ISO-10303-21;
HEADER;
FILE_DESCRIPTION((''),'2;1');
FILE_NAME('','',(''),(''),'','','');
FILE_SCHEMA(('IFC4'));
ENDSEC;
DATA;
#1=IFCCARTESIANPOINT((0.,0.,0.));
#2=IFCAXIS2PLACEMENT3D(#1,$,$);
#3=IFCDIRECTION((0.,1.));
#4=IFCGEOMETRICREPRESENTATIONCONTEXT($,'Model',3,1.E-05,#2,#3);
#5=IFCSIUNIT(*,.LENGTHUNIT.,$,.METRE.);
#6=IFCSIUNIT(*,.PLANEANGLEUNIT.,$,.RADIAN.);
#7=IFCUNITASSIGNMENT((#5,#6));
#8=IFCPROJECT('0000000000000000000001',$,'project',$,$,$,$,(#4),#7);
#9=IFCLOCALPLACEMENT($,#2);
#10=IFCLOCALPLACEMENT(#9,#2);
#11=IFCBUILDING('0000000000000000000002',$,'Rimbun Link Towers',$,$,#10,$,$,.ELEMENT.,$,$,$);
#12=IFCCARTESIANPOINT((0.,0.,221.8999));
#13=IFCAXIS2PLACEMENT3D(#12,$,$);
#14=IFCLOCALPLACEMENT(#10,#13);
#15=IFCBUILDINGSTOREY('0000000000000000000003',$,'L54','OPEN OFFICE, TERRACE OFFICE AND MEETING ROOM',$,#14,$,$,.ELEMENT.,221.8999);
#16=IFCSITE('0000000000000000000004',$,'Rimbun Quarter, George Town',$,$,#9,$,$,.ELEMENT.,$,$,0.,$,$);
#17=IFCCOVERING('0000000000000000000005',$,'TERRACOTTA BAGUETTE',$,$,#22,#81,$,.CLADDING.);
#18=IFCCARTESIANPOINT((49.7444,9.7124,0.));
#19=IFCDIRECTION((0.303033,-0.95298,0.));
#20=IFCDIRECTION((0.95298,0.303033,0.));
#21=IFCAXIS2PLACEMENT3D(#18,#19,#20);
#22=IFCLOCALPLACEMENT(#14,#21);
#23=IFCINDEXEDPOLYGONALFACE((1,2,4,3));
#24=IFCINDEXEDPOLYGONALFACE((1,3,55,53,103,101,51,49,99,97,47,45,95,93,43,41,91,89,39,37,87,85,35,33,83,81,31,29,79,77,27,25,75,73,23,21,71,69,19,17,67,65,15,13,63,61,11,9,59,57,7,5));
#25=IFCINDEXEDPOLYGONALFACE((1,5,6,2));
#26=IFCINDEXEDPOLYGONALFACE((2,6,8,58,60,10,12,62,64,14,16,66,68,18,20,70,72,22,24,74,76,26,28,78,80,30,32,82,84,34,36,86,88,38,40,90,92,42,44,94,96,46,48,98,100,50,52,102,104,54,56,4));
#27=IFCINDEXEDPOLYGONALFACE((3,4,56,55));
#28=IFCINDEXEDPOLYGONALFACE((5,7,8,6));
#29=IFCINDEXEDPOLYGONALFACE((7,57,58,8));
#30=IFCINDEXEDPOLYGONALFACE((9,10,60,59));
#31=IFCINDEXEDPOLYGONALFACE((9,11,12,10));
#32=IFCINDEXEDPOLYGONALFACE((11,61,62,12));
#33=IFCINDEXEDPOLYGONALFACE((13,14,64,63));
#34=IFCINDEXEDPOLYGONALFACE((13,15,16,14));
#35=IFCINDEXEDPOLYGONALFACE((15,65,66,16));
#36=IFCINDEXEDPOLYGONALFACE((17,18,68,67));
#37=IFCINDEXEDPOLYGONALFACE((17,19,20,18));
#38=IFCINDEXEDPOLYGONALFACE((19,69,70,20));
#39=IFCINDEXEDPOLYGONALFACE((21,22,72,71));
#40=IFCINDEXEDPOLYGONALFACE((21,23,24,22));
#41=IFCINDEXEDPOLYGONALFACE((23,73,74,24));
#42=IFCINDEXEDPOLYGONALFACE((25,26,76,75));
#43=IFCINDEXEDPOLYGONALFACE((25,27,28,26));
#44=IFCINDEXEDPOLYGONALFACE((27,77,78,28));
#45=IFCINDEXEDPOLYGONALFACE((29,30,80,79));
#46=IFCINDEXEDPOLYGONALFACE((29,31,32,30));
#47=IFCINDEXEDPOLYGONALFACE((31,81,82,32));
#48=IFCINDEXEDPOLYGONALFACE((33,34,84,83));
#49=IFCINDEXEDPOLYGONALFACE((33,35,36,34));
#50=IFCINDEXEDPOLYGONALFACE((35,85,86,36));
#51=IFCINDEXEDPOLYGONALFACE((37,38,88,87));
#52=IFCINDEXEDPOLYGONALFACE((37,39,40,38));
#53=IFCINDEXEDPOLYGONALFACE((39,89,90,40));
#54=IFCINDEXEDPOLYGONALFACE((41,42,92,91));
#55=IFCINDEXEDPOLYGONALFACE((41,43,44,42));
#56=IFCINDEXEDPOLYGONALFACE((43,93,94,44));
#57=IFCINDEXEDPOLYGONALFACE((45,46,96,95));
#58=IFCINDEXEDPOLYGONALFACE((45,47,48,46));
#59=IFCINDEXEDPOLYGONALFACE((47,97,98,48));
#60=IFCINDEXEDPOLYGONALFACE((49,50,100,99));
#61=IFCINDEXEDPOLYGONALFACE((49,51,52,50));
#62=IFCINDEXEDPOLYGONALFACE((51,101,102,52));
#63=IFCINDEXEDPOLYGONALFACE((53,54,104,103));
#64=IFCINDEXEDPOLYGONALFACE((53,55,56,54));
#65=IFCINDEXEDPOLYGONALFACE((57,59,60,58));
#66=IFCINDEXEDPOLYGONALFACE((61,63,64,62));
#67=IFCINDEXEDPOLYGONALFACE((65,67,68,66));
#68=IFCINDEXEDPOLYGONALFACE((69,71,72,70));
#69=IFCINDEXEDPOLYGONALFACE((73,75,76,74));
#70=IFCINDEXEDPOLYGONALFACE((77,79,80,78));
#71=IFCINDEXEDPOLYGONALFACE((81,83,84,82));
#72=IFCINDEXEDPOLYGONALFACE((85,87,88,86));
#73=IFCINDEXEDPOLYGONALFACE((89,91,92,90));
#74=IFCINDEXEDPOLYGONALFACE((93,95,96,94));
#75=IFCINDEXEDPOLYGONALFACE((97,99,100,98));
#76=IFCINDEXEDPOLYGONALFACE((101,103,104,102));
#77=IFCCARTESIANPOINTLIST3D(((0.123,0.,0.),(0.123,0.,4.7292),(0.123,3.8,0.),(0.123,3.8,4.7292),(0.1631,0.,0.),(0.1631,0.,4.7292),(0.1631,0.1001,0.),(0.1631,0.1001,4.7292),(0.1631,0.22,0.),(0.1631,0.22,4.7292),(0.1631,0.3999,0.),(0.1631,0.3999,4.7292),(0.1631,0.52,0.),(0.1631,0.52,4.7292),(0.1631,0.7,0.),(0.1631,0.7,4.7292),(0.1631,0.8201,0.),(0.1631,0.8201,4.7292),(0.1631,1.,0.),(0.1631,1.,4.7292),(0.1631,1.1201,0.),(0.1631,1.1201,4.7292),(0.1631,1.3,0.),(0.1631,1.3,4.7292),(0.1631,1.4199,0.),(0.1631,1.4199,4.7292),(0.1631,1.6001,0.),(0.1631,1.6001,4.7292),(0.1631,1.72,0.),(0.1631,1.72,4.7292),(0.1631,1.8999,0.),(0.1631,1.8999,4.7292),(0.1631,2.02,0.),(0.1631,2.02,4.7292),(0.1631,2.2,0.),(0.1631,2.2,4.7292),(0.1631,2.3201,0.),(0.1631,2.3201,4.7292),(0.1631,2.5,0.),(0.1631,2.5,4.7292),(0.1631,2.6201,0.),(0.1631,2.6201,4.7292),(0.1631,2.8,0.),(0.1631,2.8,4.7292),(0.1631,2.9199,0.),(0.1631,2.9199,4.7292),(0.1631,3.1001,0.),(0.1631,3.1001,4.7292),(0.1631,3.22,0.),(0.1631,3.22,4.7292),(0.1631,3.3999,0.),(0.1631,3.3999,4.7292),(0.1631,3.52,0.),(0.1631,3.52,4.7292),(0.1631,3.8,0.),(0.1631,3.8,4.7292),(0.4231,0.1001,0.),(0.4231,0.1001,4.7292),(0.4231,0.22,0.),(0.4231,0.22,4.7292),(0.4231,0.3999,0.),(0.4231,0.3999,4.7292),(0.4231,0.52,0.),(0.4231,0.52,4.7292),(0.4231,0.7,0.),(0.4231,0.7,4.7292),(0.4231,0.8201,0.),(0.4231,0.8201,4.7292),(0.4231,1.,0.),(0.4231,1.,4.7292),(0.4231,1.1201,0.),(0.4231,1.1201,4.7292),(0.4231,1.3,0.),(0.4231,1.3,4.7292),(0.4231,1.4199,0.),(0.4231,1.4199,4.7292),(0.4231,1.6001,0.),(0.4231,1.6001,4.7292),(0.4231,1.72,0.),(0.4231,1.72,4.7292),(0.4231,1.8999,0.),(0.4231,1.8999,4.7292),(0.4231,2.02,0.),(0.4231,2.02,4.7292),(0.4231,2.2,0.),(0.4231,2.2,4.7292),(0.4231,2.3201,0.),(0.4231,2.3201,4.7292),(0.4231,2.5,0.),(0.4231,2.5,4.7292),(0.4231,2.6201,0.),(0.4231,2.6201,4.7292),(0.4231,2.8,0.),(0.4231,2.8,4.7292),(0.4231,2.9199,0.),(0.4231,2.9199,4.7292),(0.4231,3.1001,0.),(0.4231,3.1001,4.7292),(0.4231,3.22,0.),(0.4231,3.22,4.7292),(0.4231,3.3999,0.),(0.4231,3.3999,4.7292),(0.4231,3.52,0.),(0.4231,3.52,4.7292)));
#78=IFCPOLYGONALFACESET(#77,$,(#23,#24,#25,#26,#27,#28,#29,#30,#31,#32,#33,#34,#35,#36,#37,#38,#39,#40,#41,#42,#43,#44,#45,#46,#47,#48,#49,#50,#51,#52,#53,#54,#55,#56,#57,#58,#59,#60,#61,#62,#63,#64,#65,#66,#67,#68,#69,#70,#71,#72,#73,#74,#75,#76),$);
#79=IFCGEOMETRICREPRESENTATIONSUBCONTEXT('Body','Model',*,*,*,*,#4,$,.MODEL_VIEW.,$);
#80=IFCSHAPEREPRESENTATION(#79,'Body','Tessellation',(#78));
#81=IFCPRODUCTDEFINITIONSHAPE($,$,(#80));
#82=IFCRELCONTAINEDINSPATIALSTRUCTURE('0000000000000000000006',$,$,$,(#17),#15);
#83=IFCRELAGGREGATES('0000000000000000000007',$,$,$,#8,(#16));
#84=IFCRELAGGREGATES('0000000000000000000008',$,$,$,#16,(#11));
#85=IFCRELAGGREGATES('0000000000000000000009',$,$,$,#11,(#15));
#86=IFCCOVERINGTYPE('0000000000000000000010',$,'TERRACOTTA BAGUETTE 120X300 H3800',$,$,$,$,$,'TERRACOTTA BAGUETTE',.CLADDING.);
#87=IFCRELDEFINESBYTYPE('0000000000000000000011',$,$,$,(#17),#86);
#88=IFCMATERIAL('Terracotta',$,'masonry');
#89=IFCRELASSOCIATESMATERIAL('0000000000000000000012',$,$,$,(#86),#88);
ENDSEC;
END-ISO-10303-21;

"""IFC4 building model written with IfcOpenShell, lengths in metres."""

from ifc_helpers import new_model, si_unit, direction, frame, origin, place, context, subcontext, project, spatial, polyline, outline, extrude, material, material_profile, profile_set, type_object, element, save


model = new_model("IFC4")

# Units and contexts
model_context = context("Model", 3, precision=1e-05, world=origin(), true_north=direction((0.0, 1.0)))
body_context = subcontext(model_context, "Body", "Model", "MODEL_VIEW")
ifc_project = project(units=[si_unit("LENGTHUNIT", "METRE"), si_unit("PLANEANGLEUNIT", "RADIAN")], contexts=[model_context])

# Site, building, storey
site_placement = place(None, origin())
site = spatial("IfcSite", under=ifc_project, at=site_placement, Name="Rimbun Quarter, George Town", CompositionType="ELEMENT", RefElevation=0.0)
building_placement = place(site_placement, origin())
building = spatial("IfcBuilding", under=site, at=building_placement, Name="Rimbun Link Towers", CompositionType="ELEMENT")
storey_placement = place(building_placement, frame((0.0, 0.0, 221.8999)))
storey = spatial("IfcBuildingStorey", under=building, at=storey_placement, Name="L54", Description="OPEN OFFICE, TERRACE OFFICE AND MEETING ROOM", CompositionType="ELEMENT", Elevation=221.8999)

# Covering
ifc_material_1 = material(Name="Terracotta", Category="masonry")
ifc_material_profile_1 = material_profile(ifc_material_1, outline(polyline([(0.123, 0.0), (0.1631, 0.0), (0.1631, 0.1001), (0.4231, 0.1001), (0.4231, 0.22), (0.1631, 0.22), (0.1631, 0.3999), (0.4231, 0.3999), (0.4231, 0.52), (0.1631, 0.52), (0.1631, 0.7), (0.4231, 0.7), (0.4231, 0.8201), (0.1631, 0.8201), (0.1631, 1.0), (0.4231, 1.0), (0.4231, 1.1201), (0.1631, 1.1201), (0.1631, 1.3), (0.4231, 1.3), (0.4231, 1.4199), (0.1631, 1.4199), (0.1631, 1.6001), (0.4231, 1.6001), (0.4231, 1.72), (0.1631, 1.72), (0.1631, 1.8999), (0.4231, 1.8999), (0.4231, 2.02), (0.1631, 2.02), (0.1631, 2.2), (0.4231, 2.2), (0.4231, 2.3201), (0.1631, 2.3201), (0.1631, 2.5), (0.4231, 2.5), (0.4231, 2.6201), (0.1631, 2.6201), (0.1631, 2.8), (0.4231, 2.8), (0.4231, 2.9199), (0.1631, 2.9199), (0.1631, 3.1001), (0.4231, 3.1001), (0.4231, 3.22), (0.1631, 3.22), (0.1631, 3.3999), (0.4231, 3.3999), (0.4231, 3.52), (0.1631, 3.52), (0.1631, 3.8), (0.123, 3.8), (0.123, 0.0)])), Name="BAGUETTE 120X300")
ifc_profile_set_1 = profile_set([ifc_material_profile_1], Name="Terracotta")
covering_type = type_object("IfcCoveringType", Name="TERRACOTTA BAGUETTE 120X300 H3800", ElementType="TERRACOTTA BAGUETTE", PredefinedType="CLADDING", material=ifc_profile_set_1)
covering_placement = place(storey_placement, frame((49.7444, 9.7124, 0.0), z_axis=(0.303033, -0.95298, 0.0), x_axis=(0.95298, 0.303033, 0.0)))
element("IfcCovering", 1, at=covering_placement, inside=storey, type_object=covering_type, Name="TERRACOTTA BAGUETTE", PredefinedType="CLADDING", context=body_context, shape_type="SweptSolid", body=[
    extrude(outline(polyline([(0.123, 0.0), (0.1631, 0.0), (0.1631, 0.1001), (0.4231, 0.1001), (0.4231, 0.22), (0.1631, 0.22), (0.1631, 0.3999), (0.4231, 0.3999), (0.4231, 0.52), (0.1631, 0.52), (0.1631, 0.7), (0.4231, 0.7), (0.4231, 0.8201), (0.1631, 0.8201), (0.1631, 1.0), (0.4231, 1.0), (0.4231, 1.1201), (0.1631, 1.1201), (0.1631, 1.3), (0.4231, 1.3), (0.4231, 1.4199), (0.1631, 1.4199), (0.1631, 1.6001), (0.4231, 1.6001), (0.4231, 1.72), (0.1631, 1.72), (0.1631, 1.8999), (0.4231, 1.8999), (0.4231, 2.02), (0.1631, 2.02), (0.1631, 2.2), (0.4231, 2.2), (0.4231, 2.3201), (0.1631, 2.3201), (0.1631, 2.5), (0.4231, 2.5), (0.4231, 2.6201), (0.1631, 2.6201), (0.1631, 2.8), (0.4231, 2.8), (0.4231, 2.9199), (0.1631, 2.9199), (0.1631, 3.1001), (0.4231, 3.1001), (0.4231, 3.22), (0.1631, 3.22), (0.1631, 3.3999), (0.4231, 3.3999), (0.4231, 3.52), (0.1631, 3.52), (0.1631, 3.8), (0.123, 3.8), (0.123, 0.0)])), origin(), (0.0, 0.0, 1.0), 4.7292),
])

save(model, "model.ifc")
